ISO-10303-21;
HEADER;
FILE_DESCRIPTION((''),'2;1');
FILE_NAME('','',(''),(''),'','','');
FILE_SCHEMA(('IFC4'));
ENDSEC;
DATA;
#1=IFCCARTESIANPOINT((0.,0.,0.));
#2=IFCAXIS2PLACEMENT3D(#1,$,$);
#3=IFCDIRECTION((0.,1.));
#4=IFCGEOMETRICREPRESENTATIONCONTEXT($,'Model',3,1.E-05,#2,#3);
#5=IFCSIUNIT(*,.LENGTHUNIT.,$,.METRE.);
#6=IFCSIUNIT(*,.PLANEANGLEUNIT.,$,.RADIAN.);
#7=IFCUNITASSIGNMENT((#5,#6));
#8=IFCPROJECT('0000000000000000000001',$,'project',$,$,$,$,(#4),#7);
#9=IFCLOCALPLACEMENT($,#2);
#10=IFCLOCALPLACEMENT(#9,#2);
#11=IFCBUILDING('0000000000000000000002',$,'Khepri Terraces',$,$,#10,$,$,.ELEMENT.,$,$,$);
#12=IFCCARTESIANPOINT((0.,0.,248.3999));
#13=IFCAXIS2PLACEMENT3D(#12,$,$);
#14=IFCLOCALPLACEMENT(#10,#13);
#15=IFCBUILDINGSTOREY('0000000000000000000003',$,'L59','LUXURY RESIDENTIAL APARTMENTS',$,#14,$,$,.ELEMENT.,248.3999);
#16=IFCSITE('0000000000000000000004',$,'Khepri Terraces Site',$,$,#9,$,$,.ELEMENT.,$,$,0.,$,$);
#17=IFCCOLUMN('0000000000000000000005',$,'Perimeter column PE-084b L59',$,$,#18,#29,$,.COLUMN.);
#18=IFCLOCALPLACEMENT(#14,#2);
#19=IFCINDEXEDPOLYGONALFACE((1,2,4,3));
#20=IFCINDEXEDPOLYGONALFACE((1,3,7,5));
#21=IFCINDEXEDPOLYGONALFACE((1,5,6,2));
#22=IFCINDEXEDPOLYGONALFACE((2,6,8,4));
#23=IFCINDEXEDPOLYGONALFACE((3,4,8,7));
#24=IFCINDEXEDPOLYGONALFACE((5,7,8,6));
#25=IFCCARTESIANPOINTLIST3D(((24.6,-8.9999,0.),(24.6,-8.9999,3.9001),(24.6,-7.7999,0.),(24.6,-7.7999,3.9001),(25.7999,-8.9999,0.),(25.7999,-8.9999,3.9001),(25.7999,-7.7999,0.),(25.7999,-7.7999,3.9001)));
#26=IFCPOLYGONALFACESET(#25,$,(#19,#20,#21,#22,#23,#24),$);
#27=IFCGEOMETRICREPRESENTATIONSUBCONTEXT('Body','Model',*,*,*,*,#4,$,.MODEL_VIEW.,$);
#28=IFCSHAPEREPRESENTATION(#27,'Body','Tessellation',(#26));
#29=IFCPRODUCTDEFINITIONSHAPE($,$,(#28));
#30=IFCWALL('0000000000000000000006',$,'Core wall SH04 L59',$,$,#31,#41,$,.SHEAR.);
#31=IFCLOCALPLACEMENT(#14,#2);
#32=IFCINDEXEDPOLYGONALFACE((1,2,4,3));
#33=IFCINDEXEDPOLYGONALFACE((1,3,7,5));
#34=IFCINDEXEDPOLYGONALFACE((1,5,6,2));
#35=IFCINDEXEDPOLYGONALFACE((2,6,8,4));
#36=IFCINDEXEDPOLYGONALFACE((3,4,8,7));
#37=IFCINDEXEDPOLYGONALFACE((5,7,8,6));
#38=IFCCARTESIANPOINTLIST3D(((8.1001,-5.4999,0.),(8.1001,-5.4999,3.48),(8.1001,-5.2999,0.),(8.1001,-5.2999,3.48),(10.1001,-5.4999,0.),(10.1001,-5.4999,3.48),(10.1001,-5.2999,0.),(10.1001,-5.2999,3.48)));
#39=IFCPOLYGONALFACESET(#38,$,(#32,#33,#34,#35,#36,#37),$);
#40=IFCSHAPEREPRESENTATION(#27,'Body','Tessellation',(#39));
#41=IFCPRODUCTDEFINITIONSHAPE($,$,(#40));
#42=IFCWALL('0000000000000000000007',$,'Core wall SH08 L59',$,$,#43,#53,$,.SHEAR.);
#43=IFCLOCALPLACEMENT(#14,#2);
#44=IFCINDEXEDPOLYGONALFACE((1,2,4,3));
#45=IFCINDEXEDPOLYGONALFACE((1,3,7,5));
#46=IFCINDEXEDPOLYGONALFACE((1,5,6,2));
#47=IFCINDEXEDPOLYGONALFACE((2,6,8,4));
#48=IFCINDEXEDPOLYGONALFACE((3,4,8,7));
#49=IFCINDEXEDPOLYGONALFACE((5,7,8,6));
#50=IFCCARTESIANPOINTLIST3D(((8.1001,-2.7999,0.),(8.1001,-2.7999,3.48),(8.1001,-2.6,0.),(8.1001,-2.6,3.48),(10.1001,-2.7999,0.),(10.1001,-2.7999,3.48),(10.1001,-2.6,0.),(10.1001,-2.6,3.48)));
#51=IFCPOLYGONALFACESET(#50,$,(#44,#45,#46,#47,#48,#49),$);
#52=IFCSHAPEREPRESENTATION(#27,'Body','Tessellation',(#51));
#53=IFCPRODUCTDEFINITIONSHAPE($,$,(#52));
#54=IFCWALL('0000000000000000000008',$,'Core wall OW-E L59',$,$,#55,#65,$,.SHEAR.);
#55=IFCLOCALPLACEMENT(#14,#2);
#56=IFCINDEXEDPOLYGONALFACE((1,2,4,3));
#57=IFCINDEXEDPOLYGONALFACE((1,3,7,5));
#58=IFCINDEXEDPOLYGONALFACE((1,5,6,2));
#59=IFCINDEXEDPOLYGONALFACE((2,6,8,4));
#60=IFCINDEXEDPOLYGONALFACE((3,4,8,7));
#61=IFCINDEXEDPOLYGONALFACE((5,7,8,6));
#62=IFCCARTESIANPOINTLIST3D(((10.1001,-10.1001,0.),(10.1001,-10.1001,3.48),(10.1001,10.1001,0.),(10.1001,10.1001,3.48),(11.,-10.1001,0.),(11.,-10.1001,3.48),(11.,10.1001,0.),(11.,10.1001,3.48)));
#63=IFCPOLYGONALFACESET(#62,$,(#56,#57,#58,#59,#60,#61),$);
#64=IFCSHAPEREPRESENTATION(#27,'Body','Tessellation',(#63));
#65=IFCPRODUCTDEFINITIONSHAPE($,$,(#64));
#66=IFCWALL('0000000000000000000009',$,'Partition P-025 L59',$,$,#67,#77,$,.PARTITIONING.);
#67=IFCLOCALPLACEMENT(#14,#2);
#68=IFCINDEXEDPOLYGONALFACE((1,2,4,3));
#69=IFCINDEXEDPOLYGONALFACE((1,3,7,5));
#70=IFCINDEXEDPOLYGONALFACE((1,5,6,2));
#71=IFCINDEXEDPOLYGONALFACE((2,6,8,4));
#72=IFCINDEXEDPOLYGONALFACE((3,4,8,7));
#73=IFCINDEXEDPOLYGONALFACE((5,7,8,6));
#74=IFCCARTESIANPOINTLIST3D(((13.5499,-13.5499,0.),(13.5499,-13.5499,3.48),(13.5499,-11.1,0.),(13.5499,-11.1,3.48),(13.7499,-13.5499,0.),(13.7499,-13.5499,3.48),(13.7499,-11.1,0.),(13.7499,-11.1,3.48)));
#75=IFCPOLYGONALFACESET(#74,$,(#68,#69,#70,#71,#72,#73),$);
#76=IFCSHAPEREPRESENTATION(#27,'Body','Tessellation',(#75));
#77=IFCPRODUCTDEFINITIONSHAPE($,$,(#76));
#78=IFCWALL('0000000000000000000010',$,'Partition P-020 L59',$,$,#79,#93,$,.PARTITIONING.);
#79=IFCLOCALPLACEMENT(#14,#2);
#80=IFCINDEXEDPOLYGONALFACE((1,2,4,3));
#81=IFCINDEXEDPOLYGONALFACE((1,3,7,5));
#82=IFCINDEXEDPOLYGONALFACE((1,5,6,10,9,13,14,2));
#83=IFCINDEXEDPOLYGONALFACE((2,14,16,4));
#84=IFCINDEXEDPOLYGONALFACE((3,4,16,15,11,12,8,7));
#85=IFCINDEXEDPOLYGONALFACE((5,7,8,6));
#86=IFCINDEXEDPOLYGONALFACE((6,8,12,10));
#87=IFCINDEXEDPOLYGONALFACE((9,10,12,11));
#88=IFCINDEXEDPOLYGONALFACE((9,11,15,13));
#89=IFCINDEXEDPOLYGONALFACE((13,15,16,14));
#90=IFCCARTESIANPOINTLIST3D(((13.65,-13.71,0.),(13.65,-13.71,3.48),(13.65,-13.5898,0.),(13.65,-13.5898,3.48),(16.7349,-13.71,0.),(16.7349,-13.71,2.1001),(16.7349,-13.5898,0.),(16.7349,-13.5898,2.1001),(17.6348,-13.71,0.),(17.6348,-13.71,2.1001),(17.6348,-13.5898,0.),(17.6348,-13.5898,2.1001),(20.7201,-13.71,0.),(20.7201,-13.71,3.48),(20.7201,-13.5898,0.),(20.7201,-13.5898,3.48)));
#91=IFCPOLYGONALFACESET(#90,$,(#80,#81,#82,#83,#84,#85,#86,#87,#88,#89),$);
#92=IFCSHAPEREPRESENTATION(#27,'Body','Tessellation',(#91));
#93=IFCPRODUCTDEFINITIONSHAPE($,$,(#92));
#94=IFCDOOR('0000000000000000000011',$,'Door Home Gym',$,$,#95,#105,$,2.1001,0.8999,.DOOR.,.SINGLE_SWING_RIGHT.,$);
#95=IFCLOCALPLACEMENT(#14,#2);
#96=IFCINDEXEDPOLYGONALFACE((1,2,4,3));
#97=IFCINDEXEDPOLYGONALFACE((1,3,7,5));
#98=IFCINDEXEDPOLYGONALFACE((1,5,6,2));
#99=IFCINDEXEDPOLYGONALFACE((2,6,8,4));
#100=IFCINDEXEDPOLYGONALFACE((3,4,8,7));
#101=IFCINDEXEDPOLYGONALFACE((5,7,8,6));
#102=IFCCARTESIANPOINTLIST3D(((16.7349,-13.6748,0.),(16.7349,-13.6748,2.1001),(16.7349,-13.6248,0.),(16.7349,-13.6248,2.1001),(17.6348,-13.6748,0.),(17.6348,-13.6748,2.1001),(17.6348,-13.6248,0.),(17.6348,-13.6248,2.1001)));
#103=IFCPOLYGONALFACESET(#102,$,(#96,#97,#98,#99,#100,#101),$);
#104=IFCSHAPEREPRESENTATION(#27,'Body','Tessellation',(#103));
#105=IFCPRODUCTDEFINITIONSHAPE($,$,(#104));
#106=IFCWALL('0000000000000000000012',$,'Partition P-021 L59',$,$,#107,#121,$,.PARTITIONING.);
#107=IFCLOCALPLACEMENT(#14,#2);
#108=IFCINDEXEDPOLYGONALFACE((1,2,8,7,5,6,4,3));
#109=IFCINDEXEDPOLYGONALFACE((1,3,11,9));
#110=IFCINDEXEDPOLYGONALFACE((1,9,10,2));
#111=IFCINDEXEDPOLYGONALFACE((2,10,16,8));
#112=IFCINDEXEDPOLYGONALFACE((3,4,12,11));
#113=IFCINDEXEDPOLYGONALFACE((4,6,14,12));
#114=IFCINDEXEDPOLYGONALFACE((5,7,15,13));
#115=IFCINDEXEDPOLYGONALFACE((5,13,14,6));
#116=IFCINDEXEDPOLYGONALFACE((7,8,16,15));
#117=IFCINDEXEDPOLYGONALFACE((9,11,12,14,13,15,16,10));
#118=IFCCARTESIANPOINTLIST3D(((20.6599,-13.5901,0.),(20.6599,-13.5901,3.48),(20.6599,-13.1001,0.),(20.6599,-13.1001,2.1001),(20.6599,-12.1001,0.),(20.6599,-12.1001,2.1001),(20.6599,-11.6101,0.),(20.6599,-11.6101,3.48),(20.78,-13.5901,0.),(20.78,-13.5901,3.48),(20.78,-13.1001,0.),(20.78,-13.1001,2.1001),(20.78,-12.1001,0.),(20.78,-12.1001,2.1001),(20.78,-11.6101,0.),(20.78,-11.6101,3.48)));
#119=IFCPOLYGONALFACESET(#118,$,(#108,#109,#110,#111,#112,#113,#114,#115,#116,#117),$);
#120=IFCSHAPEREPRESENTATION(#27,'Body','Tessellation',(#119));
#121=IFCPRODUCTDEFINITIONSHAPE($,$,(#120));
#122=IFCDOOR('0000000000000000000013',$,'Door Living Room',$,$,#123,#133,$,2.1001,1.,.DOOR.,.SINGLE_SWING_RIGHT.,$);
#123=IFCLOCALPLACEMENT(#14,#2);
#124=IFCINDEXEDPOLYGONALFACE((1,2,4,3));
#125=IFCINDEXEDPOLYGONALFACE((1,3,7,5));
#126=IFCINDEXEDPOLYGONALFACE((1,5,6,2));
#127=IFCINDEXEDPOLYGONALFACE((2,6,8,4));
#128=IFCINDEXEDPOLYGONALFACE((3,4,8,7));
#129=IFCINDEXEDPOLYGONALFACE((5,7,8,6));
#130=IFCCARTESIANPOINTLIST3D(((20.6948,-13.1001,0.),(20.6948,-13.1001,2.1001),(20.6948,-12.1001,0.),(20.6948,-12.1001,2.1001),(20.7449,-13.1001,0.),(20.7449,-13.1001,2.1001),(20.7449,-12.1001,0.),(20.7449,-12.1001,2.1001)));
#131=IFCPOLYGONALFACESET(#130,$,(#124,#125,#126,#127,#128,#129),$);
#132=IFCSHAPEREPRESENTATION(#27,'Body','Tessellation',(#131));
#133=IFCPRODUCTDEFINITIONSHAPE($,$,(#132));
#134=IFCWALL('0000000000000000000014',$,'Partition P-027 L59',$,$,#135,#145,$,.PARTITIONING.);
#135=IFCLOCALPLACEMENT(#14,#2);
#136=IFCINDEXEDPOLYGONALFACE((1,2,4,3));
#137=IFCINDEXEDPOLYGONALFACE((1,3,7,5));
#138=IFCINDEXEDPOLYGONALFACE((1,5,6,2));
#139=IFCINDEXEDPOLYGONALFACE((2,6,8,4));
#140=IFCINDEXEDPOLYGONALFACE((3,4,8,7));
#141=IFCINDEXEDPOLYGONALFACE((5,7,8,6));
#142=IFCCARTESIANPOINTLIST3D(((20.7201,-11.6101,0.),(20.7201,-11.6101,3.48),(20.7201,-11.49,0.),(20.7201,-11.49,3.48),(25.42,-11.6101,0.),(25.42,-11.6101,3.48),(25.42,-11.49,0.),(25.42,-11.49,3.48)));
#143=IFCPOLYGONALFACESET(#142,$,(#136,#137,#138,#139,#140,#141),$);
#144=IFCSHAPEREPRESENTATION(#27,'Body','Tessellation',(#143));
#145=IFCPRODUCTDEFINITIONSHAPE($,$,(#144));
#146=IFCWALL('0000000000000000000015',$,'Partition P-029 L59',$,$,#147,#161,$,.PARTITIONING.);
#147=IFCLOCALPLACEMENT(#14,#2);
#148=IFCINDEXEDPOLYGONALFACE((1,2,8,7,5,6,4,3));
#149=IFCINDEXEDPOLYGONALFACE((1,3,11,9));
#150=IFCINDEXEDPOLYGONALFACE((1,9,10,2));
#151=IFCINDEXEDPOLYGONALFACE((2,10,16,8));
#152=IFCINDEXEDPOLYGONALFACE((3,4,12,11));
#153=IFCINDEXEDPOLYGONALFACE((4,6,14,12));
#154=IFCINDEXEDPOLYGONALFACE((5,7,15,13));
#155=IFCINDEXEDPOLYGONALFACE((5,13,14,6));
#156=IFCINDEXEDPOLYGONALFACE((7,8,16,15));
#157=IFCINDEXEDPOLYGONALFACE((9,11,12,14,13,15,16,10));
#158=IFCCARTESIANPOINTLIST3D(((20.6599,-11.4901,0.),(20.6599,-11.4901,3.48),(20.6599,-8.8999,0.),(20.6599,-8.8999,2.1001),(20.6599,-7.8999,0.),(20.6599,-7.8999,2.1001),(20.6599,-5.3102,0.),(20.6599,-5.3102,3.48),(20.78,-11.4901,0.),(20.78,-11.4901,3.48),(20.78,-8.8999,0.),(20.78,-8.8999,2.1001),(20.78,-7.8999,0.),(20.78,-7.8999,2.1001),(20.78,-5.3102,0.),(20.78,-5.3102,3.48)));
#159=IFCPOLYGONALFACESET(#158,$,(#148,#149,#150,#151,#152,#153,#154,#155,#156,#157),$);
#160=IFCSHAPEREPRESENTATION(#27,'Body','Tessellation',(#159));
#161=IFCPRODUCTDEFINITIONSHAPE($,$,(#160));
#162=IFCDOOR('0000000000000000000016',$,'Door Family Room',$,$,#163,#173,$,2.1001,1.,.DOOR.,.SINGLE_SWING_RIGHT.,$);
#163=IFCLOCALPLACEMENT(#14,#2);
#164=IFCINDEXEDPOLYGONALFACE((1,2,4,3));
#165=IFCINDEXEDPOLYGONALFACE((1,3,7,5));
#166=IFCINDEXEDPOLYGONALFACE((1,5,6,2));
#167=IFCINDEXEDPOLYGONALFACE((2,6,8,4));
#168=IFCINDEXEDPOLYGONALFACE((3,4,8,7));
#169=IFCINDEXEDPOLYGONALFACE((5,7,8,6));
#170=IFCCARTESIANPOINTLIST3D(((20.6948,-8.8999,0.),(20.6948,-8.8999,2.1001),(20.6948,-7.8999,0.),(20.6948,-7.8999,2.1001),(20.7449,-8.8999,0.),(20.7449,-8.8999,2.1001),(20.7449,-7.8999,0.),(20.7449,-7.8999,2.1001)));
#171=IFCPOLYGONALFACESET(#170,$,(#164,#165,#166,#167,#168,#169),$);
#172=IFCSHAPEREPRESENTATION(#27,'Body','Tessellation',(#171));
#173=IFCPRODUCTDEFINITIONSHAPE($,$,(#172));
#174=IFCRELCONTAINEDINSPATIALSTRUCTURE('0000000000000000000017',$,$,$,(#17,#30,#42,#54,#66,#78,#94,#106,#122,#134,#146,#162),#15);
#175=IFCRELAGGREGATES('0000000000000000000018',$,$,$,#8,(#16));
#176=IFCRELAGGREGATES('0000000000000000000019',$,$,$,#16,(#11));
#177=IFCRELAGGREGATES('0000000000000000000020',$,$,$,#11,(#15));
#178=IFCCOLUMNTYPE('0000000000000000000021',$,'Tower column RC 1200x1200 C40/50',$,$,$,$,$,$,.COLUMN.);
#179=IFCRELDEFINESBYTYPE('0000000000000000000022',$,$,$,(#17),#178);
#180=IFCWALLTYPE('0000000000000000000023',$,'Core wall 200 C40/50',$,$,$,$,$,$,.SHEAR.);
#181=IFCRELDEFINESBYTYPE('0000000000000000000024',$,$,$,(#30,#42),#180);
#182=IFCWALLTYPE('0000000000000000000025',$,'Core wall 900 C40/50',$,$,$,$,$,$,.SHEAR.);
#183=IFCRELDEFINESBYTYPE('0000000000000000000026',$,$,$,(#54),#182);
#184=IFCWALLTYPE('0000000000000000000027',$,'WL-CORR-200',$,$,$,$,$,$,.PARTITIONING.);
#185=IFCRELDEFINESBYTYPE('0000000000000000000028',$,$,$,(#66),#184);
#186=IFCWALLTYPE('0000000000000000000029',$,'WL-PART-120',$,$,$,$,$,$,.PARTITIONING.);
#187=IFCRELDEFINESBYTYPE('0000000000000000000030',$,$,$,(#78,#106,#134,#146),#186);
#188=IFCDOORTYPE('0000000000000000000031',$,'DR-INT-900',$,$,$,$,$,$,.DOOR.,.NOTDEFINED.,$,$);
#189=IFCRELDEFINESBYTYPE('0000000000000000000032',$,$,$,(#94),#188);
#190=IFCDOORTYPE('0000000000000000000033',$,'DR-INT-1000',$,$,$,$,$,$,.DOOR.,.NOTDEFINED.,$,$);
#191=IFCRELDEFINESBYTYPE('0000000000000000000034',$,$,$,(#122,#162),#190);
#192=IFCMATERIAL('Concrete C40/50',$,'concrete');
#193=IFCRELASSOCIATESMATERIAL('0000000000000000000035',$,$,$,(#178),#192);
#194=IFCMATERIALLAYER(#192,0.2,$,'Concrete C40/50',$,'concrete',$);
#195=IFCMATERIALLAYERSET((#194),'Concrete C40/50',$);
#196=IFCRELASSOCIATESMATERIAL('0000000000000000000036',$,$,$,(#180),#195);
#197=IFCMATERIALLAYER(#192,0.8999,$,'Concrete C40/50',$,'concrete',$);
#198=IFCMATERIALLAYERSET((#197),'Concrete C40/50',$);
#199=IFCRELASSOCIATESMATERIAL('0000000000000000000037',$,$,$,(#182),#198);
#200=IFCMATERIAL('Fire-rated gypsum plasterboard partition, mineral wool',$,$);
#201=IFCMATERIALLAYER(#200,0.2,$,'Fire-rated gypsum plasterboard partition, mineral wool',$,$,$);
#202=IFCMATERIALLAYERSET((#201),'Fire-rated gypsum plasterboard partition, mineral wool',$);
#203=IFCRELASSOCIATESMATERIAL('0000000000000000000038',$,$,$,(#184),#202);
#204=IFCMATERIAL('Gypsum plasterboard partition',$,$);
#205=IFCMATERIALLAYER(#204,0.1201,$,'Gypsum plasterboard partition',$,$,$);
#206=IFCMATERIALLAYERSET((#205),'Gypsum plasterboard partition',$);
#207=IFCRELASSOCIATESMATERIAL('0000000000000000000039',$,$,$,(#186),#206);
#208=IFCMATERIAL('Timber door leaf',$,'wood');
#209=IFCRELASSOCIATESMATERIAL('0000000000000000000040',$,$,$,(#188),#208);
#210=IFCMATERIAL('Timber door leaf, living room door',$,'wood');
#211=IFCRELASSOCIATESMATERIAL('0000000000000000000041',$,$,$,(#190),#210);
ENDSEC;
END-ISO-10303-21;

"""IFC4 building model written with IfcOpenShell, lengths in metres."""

from ifc_helpers import new_model, si_unit, direction, frame, frame_2d, origin, origin_2d, place, context, subcontext, project, spatial, rectangle, extrude, material, layer, layer_set, material_profile, profile_set, type_object, element, fill, save


model = new_model("IFC4")

# Units and contexts
model_context = context("Model", 3, precision=1e-05, world=origin(), true_north=direction((0.0, 1.0)))
body_context = subcontext(model_context, "Body", "Model", "MODEL_VIEW")
ifc_project = project(units=[si_unit("LENGTHUNIT", "METRE"), si_unit("PLANEANGLEUNIT", "RADIAN")], contexts=[model_context])

# Site, building, storey
site_placement = place(None, origin())
site = spatial("IfcSite", under=ifc_project, at=site_placement, Name="Khepri Terraces Site", CompositionType="ELEMENT", RefElevation=0.0)
building_placement = place(site_placement, origin())
building = spatial("IfcBuilding", under=site, at=building_placement, Name="Khepri Terraces", CompositionType="ELEMENT")
storey_placement = place(building_placement, frame((0.0, 0.0, 248.3999)))
storey = spatial("IfcBuildingStorey", under=building, at=storey_placement, Name="L59", Description="LUXURY RESIDENTIAL APARTMENTS", CompositionType="ELEMENT", Elevation=248.3999)

# Column
ifc_material_1 = material(Name="Concrete C40/50", Category="concrete")
ifc_material_profile = material_profile(ifc_material_1, rectangle(XDim=1.2, YDim=1.2, at=origin_2d()), Name="Concrete C40/50", Category="concrete")
ifc_profile_set = profile_set([ifc_material_profile], Name="Concrete C40/50")
column_type = type_object("IfcColumnType", Name="Tower column RC 1200x1200 C40/50", PredefinedType="COLUMN", material=ifc_profile_set)
column_placement = place(storey_placement, frame((25.2, -8.3999, 0.0), z_axis=(0.0, 0.0, 1.0), x_axis=(1.0, 0.0, 0.0)))
element("IfcColumn", 1, at=column_placement, inside=storey, type_object=column_type, Name="Perimeter column PE-084b L59", PredefinedType="COLUMN", context=body_context, shape_type="SweptSolid", body=[
    extrude(rectangle(XDim=1.2, YDim=1.2, at=origin_2d()), origin(), (0.0, 0.0, 1.0), 3.9001),
])

# Walls
ifc_layer_1 = layer(ifc_material_1, 0.2, Name="Concrete C40/50", Category="concrete")
ifc_layer_set_1 = layer_set([ifc_layer_1], Name="Concrete C40/50")
wall_type_1 = type_object("IfcWallType", Name="Core wall 200 C40/50", PredefinedType="SHEAR", material=ifc_layer_set_1)
for number, where, z_axis, x_axis, name in (
    (2, (8.1001, -5.3999, 0.0), (0.0, 0.0, 1.0), (1.0, 0.0, 0.0), "Core wall SH04 L59"),
    (3, (8.1001, -2.7, 0.0), (0.0, 0.0, 1.0), (1.0, 0.0, 0.0), "Core wall SH08 L59"),
):
    element("IfcWall", number, at=place(storey_placement, frame(where, z_axis=z_axis, x_axis=x_axis)), inside=storey, type_object=wall_type_1, Name=name, PredefinedType="SHEAR", context=body_context, shape_type="SweptSolid", body=[
        extrude(rectangle(XDim=2.0, YDim=0.2, at=frame_2d((1.0, 0.0))), origin(), (0.0, 0.0, 1.0), 3.48),
    ])
ifc_layer_2 = layer(ifc_material_1, 0.8999, Name="Concrete C40/50", Category="concrete")
ifc_layer_set_2 = layer_set([ifc_layer_2], Name="Concrete C40/50")
wall_type_2 = type_object("IfcWallType", Name="Core wall 900 C40/50", PredefinedType="SHEAR", material=ifc_layer_set_2)
wall_1_placement = place(storey_placement, frame((10.55, -10.1001, 0.0), z_axis=(0.0, 0.0, 1.0), x_axis=(0.0, 1.0, 0.0)))
element("IfcWall", 4, at=wall_1_placement, inside=storey, type_object=wall_type_2, Name="Core wall OW-E L59", PredefinedType="SHEAR", context=body_context, shape_type="SweptSolid", body=[
    extrude(rectangle(XDim=20.2002, YDim=0.8999, at=frame_2d((10.1001, 0.0))), origin(), (0.0, 0.0, 1.0), 3.48),
])
ifc_material_2 = material(Name="Fire-rated gypsum plasterboard partition, mineral wool")
ifc_layer_3 = layer(ifc_material_2, 0.2, Name="Fire-rated gypsum plasterboard partition, mineral wool")
ifc_layer_set_3 = layer_set([ifc_layer_3], Name="Fire-rated gypsum plasterboard partition, mineral wool")
wall_type_3 = type_object("IfcWallType", Name="WL-CORR-200", PredefinedType="PARTITIONING", material=ifc_layer_set_3)
wall_2_placement = place(storey_placement, frame((13.6499, -13.55, 0.0), z_axis=(0.0, 0.0, 1.0), x_axis=(0.0, 1.0, 0.0)))
element("IfcWall", 5, at=wall_2_placement, inside=storey, type_object=wall_type_3, Name="Partition P-025 L59", PredefinedType="PARTITIONING", context=body_context, shape_type="SweptSolid", body=[
    extrude(rectangle(XDim=2.45, YDim=0.2, at=frame_2d((1.2251, 0.0))), origin(), (0.0, 0.0, 1.0), 3.48),
])

# Walls, openings, doors
ifc_material_3 = material(Name="Gypsum plasterboard partition")
ifc_layer_4 = layer(ifc_material_3, 0.1201, Name="Gypsum plasterboard partition")
ifc_layer_set_4 = layer_set([ifc_layer_4], Name="Gypsum plasterboard partition")
wall_type_4 = type_object("IfcWallType", Name="WL-PART-120", PredefinedType="PARTITIONING", material=ifc_layer_set_4)
wall_3_placement = place(storey_placement, frame((13.6499, -13.6499, 0.0), z_axis=(0.0, 0.0, 1.0), x_axis=(1.0, 0.0, 0.0)))
wall_3 = element("IfcWall", 6, at=wall_3_placement, inside=storey, type_object=wall_type_4, Name="Partition P-020 L59", PredefinedType="PARTITIONING", context=body_context, shape_type="SweptSolid", body=[
    extrude(rectangle(XDim=7.0701, YDim=0.1201, at=frame_2d((3.5352, 0.0))), origin(), (0.0, 0.0, 1.0), 3.48),
])
opening_1_placement = place(wall_3_placement, frame((3.085, 0.0, 0.0)))
opening_1 = element("IfcOpeningElement", 7, at=opening_1_placement, cuts=wall_3, PredefinedType="OPENING", context=body_context, shape_type="SweptSolid", body=[
    extrude(rectangle(XDim=0.8999, YDim=2.1001, at=frame_2d((0.45, 1.05))), frame((0.0, 0.0701, 0.0), z_axis=(0.0, -1.0, 0.0), x_axis=(1.0, 0.0, 0.0)), (0.0, 0.0, 1.0), 0.1401),
])
ifc_material_4 = material(Name="Timber door leaf", Category="wood")
door_type_1 = type_object("IfcDoorType", Name="DR-INT-900", OperationType="NOTDEFINED", PredefinedType="DOOR", material=ifc_material_4)
door_1_placement = place(opening_1_placement, frame((0.8999, 0.0, 0.0), z_axis=(0.0, 0.0, 1.0), x_axis=(-1.0, 0.0, 0.0)))
door_1 = element("IfcDoor", 8, at=door_1_placement, inside=storey, type_object=door_type_1, Name="Door Home Gym", OperationType="SINGLE_SWING_RIGHT", OverallHeight=2.1001, OverallWidth=0.8999, PredefinedType="DOOR", context=body_context, shape_type="SweptSolid", body=[
    extrude(rectangle(XDim=0.8999, YDim=2.1001, at=frame_2d((0.45, 1.05))), frame((0.0, 0.0249, 0.0), z_axis=(0.0, -1.0, 0.0), x_axis=(1.0, 0.0, 0.0)), (0.0, 0.0, 1.0), 0.05),
])
fill(opening_1, door_1)
wall_4_placement = place(storey_placement, frame((20.72, -13.5901, 0.0), z_axis=(0.0, 0.0, 1.0), x_axis=(0.0, 1.0, 0.0)))
wall_4 = element("IfcWall", 9, at=wall_4_placement, inside=storey, type_object=wall_type_4, Name="Partition P-021 L59", PredefinedType="PARTITIONING", context=body_context, shape_type="SweptSolid", body=[
    extrude(rectangle(XDim=1.98, YDim=0.1201, at=frame_2d((0.99, 0.0))), origin(), (0.0, 0.0, 1.0), 3.48),
])
opening_2_placement = place(wall_4_placement, frame((0.49, 0.0, 0.0)))
opening_2 = element("IfcOpeningElement", 10, at=opening_2_placement, cuts=wall_4, PredefinedType="OPENING", context=body_context, shape_type="SweptSolid", body=[
    extrude(rectangle(XDim=1.0, YDim=2.1001, at=frame_2d((0.5, 1.05))), frame((0.0, 0.0701, 0.0), z_axis=(0.0, -1.0, 0.0), x_axis=(1.0, 0.0, 0.0)), (0.0, 0.0, 1.0), 0.1401),
])
ifc_material_5 = material(Name="Timber door leaf, living room door", Category="wood")
door_type_2 = type_object("IfcDoorType", Name="DR-INT-1000", OperationType="NOTDEFINED", PredefinedType="DOOR", material=ifc_material_5)
door_2_placement = place(opening_2_placement, frame((1.0, 0.0, 0.0), z_axis=(0.0, 0.0, 1.0), x_axis=(-1.0, 0.0, 0.0)))
door_2 = element("IfcDoor", 11, at=door_2_placement, inside=storey, type_object=door_type_2, Name="Door Living Room", OperationType="SINGLE_SWING_RIGHT", OverallHeight=2.1001, OverallWidth=1.0, PredefinedType="DOOR", context=body_context, shape_type="SweptSolid", body=[
    extrude(rectangle(XDim=1.0, YDim=2.1001, at=frame_2d((0.5, 1.05))), frame((0.0, 0.0249, 0.0), z_axis=(0.0, -1.0, 0.0), x_axis=(1.0, 0.0, 0.0)), (0.0, 0.0, 1.0), 0.05),
])
fill(opening_2, door_2)

# Wall
wall_5_placement = place(storey_placement, frame((20.72, -11.55, 0.0), z_axis=(0.0, 0.0, 1.0), x_axis=(1.0, 0.0, 0.0)))
element("IfcWall", 12, at=wall_5_placement, inside=storey, type_object=wall_type_4, Name="Partition P-027 L59", PredefinedType="PARTITIONING", context=body_context, shape_type="SweptSolid", body=[
    extrude(rectangle(XDim=4.7, YDim=0.1201, at=frame_2d((2.3501, 0.0))), origin(), (0.0, 0.0, 1.0), 3.48),
])

# Wall, opening, door
wall_6_placement = place(storey_placement, frame((20.72, -11.49, 0.0), z_axis=(0.0, 0.0, 1.0), x_axis=(0.0, 1.0, 0.0)))
wall_6 = element("IfcWall", 13, at=wall_6_placement, inside=storey, type_object=wall_type_4, Name="Partition P-029 L59", PredefinedType="PARTITIONING", context=body_context, shape_type="SweptSolid", body=[
    extrude(rectangle(XDim=6.1799, YDim=0.1201, at=frame_2d((3.0898, 0.0))), origin(), (0.0, 0.0, 1.0), 3.48),
])
opening_3_placement = place(wall_6_placement, frame((2.5901, 0.0, 0.0)))
opening_3 = element("IfcOpeningElement", 14, at=opening_3_placement, cuts=wall_6, PredefinedType="OPENING", context=body_context, shape_type="SweptSolid", body=[
    extrude(rectangle(XDim=1.0, YDim=2.1001, at=frame_2d((0.5, 1.05))), frame((0.0, 0.0701, 0.0), z_axis=(0.0, -1.0, 0.0), x_axis=(1.0, 0.0, 0.0)), (0.0, 0.0, 1.0), 0.1401),
])
door_3_placement = place(opening_3_placement, frame((1.0, 0.0, 0.0), z_axis=(0.0, 0.0, 1.0), x_axis=(-1.0, 0.0, 0.0)))
door_3 = element("IfcDoor", 15, at=door_3_placement, inside=storey, type_object=door_type_2, Name="Door Family Room", OperationType="SINGLE_SWING_RIGHT", OverallHeight=2.1001, OverallWidth=1.0, PredefinedType="DOOR", context=body_context, shape_type="SweptSolid", body=[
    extrude(rectangle(XDim=1.0, YDim=2.1001, at=frame_2d((0.5, 1.05))), frame((0.0, 0.0249, 0.0), z_axis=(0.0, -1.0, 0.0), x_axis=(1.0, 0.0, 0.0)), (0.0, 0.0, 1.0), 0.05),
])
fill(opening_3, door_3)

save(model, "model.ifc")
